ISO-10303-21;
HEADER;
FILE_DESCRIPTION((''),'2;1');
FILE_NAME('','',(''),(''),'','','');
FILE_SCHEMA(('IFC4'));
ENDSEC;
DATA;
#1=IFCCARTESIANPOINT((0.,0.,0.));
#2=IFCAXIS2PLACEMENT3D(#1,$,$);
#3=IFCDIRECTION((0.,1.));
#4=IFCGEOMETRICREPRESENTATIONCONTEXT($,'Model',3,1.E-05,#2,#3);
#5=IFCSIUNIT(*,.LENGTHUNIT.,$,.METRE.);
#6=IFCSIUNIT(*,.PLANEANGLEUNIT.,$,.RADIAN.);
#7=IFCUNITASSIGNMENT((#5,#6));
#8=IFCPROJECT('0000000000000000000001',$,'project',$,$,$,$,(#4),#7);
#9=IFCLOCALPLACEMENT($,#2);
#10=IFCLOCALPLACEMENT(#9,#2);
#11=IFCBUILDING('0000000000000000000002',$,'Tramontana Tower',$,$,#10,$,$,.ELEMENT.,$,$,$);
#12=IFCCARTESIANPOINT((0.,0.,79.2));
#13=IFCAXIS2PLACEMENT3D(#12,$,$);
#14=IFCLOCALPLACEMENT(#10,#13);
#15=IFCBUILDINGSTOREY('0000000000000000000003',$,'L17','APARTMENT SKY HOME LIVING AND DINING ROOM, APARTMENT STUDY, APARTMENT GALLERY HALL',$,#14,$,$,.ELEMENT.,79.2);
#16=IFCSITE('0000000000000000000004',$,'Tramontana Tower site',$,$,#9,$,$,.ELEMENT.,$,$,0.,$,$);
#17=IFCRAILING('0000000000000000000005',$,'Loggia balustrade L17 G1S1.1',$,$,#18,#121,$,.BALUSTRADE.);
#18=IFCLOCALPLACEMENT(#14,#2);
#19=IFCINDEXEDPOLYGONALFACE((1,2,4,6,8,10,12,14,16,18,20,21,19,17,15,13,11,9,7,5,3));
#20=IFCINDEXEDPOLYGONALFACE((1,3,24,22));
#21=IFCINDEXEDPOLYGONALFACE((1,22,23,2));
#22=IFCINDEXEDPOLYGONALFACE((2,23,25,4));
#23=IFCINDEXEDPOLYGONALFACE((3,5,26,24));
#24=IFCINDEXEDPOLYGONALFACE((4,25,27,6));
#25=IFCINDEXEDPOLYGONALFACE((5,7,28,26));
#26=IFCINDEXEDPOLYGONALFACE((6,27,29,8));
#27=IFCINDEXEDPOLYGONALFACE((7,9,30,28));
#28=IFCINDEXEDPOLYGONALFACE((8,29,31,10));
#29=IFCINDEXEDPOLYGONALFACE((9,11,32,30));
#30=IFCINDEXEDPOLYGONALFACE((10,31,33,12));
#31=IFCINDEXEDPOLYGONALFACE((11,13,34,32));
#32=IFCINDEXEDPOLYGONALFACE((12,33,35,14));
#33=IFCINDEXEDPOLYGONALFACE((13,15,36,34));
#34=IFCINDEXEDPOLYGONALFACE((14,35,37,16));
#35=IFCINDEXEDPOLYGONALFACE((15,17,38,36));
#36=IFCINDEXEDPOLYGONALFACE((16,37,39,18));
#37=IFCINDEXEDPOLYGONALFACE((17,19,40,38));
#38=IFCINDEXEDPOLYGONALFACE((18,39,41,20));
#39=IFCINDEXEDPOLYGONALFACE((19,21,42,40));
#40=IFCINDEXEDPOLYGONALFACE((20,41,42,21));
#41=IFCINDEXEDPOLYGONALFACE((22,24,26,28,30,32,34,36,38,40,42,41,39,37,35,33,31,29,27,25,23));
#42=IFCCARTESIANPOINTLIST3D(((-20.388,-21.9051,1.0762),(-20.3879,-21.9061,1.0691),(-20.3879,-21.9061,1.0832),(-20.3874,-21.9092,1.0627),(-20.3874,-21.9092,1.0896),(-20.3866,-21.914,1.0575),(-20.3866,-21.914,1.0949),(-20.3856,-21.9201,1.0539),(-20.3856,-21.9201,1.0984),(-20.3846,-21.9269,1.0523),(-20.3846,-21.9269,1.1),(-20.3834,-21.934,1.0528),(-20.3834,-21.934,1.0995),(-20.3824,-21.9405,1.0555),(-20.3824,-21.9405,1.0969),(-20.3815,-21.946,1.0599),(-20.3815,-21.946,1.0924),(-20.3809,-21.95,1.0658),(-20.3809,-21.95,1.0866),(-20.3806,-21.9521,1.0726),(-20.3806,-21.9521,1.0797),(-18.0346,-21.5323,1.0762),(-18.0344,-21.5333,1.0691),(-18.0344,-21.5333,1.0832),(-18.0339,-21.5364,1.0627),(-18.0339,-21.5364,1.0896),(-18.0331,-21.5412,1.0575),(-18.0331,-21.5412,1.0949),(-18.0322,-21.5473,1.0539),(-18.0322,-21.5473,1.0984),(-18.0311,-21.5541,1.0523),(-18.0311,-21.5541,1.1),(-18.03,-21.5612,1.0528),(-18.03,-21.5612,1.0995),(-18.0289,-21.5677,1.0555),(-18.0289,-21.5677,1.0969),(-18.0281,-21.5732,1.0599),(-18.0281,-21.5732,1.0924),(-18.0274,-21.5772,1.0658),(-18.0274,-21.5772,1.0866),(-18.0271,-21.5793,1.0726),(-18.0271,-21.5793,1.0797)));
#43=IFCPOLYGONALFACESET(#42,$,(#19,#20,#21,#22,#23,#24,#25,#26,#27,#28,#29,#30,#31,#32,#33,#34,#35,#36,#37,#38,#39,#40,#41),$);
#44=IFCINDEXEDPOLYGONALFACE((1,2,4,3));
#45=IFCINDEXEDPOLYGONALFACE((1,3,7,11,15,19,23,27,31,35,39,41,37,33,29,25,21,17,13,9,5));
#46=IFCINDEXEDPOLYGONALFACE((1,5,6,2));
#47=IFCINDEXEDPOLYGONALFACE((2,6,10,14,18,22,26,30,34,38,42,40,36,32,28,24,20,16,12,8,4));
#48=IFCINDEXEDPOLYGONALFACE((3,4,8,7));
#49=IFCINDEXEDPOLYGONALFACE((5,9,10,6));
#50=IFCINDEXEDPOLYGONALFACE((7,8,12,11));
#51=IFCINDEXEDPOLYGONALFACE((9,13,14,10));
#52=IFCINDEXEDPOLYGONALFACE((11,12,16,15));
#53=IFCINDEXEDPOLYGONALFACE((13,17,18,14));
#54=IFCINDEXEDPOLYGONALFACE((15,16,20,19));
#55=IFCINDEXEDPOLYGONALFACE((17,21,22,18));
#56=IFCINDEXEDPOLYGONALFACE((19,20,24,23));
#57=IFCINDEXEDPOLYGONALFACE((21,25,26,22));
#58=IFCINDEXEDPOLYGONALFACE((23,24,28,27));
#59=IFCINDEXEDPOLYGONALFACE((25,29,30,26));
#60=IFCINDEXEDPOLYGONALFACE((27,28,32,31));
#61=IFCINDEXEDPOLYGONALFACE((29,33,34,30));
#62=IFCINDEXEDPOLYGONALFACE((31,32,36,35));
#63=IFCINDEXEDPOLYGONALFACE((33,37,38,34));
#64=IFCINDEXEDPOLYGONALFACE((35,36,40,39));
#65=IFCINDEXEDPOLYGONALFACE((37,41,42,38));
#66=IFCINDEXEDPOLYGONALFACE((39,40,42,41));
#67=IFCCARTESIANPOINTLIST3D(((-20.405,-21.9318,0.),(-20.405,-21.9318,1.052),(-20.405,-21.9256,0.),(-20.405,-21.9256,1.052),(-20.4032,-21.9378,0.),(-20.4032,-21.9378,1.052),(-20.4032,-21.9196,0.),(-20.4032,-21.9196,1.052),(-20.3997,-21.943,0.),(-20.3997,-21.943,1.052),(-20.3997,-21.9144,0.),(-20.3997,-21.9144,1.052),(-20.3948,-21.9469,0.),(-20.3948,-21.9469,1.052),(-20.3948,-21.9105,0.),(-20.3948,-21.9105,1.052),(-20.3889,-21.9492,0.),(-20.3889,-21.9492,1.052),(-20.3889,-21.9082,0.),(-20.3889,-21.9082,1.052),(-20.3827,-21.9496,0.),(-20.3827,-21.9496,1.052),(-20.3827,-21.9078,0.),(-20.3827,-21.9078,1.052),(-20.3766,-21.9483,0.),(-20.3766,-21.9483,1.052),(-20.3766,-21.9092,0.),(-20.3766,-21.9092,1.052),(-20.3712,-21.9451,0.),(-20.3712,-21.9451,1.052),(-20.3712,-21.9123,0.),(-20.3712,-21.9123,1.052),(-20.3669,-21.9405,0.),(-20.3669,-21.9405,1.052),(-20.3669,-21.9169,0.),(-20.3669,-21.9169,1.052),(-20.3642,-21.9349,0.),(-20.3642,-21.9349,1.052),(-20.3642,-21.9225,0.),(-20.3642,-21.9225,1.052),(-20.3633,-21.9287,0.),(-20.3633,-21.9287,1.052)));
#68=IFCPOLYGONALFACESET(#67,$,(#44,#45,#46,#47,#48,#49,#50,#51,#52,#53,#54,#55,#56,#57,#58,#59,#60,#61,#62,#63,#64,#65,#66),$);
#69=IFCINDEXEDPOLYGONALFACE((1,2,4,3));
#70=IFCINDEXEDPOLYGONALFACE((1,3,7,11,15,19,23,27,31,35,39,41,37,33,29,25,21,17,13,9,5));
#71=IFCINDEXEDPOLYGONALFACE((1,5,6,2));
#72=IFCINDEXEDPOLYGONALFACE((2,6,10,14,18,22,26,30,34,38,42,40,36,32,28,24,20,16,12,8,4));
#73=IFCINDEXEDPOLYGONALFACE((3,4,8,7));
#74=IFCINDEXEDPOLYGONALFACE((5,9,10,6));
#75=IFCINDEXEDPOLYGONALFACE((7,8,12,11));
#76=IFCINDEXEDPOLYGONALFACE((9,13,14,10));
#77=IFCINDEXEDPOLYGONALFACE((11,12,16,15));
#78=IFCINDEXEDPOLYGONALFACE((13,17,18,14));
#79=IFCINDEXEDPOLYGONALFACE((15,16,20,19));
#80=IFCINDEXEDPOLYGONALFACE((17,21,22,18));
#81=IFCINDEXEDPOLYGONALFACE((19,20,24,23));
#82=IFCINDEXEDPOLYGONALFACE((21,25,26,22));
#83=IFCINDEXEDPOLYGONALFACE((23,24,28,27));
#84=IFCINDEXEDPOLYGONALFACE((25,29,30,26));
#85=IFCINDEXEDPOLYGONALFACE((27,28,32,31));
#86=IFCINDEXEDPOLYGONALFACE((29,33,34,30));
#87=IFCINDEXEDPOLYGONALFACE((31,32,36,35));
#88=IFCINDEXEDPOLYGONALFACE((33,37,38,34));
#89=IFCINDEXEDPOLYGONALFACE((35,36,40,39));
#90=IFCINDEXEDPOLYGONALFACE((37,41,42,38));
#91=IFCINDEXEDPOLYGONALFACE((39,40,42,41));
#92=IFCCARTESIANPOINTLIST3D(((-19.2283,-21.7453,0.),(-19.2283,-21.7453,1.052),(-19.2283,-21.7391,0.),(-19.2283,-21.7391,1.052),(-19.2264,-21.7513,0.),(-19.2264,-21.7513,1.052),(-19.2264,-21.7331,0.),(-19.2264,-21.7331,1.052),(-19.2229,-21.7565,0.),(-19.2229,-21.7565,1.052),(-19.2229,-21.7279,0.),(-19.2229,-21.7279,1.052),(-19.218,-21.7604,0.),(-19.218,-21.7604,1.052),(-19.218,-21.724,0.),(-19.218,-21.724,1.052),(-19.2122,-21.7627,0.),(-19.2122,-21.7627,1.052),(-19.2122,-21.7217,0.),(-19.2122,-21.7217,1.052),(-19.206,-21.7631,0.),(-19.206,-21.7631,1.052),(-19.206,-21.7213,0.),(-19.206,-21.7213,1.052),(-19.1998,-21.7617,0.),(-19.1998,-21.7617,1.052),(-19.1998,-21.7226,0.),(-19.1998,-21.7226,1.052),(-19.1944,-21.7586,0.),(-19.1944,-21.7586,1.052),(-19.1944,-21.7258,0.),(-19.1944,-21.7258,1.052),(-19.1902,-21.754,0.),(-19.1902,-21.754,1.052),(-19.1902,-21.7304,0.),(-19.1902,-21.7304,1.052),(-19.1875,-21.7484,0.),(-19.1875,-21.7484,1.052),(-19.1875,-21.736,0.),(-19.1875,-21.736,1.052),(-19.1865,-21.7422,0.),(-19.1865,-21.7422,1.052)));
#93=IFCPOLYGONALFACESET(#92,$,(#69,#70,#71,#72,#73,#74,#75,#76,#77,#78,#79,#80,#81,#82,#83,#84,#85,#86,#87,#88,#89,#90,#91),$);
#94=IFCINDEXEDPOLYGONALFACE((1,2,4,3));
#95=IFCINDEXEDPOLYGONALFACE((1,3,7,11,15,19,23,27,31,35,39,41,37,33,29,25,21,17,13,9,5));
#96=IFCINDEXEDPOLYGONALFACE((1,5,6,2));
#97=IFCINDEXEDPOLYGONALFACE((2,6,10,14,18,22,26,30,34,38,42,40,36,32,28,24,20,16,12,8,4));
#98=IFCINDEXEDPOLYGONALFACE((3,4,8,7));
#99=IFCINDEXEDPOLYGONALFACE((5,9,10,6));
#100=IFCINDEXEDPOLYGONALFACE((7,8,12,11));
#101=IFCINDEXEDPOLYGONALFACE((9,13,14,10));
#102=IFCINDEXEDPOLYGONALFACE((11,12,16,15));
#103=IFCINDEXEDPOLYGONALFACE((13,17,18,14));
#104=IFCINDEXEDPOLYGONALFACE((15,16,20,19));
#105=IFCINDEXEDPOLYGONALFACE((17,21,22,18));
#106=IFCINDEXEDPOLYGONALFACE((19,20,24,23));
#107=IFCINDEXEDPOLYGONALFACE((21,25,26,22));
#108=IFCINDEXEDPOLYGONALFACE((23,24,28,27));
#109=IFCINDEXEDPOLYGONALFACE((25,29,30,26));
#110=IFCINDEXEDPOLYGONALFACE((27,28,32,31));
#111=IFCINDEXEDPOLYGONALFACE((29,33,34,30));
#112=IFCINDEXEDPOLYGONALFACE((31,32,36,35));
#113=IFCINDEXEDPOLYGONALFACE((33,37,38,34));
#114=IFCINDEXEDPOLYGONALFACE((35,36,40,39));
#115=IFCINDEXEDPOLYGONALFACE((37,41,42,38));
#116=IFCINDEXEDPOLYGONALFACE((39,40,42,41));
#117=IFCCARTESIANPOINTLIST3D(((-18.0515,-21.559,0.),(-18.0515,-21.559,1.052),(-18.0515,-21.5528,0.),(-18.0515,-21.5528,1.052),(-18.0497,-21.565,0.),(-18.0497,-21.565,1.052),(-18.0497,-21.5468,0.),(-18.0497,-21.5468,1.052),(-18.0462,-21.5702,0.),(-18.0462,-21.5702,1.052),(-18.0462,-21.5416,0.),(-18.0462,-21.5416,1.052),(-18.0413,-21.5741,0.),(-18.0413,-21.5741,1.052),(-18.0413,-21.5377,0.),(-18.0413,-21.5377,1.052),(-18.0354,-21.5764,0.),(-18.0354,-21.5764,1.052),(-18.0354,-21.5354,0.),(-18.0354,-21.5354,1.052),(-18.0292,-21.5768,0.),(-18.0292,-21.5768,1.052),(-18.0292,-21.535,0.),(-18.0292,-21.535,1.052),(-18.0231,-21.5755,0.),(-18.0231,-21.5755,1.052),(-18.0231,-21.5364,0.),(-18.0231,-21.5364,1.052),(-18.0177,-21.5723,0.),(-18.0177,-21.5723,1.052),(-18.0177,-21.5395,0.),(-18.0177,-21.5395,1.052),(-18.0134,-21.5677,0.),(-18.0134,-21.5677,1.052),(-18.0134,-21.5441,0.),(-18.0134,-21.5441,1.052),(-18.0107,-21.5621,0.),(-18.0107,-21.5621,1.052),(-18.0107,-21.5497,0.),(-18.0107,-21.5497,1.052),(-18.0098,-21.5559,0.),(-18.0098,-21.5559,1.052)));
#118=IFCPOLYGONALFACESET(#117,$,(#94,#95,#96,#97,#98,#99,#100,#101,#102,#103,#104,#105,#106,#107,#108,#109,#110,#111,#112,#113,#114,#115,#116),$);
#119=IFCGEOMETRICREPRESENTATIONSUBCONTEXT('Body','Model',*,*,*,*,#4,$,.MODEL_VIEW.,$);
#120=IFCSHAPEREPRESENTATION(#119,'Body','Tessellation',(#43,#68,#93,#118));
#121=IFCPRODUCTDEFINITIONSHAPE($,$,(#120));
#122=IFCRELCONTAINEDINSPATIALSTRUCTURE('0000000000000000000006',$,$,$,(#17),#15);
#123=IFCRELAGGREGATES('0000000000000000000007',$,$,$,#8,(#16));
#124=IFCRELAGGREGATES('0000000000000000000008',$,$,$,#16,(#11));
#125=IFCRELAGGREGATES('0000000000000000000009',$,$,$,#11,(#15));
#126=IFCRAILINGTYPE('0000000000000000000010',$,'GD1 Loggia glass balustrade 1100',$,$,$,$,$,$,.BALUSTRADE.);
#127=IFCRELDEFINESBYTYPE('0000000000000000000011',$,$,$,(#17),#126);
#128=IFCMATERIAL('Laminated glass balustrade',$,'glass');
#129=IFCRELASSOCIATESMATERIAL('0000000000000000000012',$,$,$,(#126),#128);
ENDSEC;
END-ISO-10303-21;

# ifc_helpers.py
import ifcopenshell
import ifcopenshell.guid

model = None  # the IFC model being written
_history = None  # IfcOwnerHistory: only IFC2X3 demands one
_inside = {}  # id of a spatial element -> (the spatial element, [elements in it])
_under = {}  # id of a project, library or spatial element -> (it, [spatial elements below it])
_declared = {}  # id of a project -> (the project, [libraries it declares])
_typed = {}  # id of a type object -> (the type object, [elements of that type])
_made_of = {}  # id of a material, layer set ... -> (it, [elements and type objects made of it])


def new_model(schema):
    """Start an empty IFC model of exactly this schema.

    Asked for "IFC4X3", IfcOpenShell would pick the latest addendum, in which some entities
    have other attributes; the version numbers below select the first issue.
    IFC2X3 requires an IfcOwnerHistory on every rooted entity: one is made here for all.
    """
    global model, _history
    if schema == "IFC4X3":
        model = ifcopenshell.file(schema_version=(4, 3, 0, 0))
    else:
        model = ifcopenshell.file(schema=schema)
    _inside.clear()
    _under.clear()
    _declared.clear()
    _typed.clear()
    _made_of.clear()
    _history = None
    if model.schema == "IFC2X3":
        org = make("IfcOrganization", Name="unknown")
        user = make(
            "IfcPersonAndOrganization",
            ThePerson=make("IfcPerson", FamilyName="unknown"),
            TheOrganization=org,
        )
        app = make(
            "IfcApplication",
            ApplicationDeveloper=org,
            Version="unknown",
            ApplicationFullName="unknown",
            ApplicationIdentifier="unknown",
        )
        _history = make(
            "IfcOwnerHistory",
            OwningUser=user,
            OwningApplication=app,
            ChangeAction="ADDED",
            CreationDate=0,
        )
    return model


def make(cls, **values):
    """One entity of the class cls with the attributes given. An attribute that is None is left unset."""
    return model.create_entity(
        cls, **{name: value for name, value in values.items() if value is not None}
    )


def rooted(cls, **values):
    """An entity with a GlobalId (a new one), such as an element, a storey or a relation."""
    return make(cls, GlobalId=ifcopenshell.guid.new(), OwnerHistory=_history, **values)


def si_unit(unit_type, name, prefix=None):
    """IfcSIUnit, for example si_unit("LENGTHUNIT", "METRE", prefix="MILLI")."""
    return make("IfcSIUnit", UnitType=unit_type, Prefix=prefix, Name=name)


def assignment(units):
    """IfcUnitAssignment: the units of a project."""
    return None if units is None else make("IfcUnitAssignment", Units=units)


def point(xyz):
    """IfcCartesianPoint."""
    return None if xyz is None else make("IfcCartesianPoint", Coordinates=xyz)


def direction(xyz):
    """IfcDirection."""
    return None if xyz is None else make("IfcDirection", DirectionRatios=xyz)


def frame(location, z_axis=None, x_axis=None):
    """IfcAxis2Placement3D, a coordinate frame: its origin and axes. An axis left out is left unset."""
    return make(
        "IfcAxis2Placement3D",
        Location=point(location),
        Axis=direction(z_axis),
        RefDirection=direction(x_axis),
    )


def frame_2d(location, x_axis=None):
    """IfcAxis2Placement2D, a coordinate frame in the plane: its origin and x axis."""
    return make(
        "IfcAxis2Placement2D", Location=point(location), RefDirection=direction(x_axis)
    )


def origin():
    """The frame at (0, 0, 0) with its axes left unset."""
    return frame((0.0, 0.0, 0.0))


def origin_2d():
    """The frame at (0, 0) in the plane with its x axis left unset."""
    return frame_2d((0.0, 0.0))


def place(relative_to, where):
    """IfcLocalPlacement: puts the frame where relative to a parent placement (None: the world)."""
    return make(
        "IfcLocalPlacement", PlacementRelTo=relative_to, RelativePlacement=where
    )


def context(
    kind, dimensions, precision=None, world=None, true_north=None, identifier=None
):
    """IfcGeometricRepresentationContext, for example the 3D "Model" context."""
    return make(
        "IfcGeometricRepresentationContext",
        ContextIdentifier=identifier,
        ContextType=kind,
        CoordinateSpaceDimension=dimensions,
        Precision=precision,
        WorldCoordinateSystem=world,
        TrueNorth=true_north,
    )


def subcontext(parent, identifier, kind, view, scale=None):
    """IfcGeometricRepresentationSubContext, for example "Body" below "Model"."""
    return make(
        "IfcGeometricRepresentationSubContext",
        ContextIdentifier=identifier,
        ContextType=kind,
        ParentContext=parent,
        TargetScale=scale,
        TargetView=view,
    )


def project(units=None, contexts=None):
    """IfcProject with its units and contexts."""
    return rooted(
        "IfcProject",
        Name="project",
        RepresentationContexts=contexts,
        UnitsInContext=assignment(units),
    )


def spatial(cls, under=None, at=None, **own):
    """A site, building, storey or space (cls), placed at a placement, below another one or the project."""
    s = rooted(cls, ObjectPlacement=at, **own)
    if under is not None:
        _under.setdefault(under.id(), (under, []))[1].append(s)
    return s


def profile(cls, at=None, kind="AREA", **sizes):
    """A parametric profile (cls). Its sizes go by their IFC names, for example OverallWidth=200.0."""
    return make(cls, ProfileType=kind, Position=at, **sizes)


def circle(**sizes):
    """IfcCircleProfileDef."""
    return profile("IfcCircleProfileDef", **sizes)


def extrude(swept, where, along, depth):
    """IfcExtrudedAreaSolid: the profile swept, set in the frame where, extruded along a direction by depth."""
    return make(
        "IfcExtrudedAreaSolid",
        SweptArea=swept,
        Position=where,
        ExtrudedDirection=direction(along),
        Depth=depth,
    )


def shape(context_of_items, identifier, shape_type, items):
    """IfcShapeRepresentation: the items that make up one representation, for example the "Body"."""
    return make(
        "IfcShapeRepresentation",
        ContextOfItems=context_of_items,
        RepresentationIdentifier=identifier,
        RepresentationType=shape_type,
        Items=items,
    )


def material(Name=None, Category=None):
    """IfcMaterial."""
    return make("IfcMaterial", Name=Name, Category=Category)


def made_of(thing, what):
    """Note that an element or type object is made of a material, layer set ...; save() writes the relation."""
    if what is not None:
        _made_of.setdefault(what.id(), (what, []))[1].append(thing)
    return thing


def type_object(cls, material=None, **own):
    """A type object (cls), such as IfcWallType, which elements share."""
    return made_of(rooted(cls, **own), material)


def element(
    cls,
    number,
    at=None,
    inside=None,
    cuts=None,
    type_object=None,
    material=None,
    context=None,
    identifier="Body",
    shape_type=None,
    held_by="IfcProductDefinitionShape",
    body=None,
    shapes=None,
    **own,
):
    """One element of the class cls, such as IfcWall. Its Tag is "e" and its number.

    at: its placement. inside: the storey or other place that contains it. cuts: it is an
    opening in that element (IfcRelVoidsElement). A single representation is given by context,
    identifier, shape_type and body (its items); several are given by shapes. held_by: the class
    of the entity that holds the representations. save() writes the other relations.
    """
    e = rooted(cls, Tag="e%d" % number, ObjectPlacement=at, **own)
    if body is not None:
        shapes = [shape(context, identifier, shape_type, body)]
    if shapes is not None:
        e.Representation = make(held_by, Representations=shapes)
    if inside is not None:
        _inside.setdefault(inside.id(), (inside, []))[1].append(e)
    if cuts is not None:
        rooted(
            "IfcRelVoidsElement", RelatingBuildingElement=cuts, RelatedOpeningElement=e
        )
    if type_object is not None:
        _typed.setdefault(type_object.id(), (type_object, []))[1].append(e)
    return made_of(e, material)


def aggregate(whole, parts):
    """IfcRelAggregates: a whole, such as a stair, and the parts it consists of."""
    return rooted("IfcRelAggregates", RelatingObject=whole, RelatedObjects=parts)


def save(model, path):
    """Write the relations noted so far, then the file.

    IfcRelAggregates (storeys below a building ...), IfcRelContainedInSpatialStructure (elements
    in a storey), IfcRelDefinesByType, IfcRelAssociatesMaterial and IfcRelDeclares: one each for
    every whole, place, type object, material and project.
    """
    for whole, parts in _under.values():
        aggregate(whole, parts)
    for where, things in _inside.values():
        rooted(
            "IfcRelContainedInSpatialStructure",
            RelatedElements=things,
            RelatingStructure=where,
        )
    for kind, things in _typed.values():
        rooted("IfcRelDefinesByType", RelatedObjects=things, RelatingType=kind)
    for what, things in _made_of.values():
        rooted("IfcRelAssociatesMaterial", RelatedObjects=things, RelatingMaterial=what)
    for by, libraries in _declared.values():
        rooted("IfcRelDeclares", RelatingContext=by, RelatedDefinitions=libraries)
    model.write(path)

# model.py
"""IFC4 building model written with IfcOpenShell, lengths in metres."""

from ifc_helpers import new_model, si_unit, direction, frame, origin, origin_2d, place, context, subcontext, project, spatial, circle, extrude, material, type_object, element, save


model = new_model("IFC4")

# Units and contexts
model_context = context("Model", 3, precision=1e-05, world=origin(), true_north=direction((0.0, 1.0)))
body_context = subcontext(model_context, "Body", "Model", "MODEL_VIEW")
ifc_project = project(units=[si_unit("LENGTHUNIT", "METRE"), si_unit("PLANEANGLEUNIT", "RADIAN")], contexts=[model_context])

# Site, building, storey
site_placement = place(None, origin())
site = spatial("IfcSite", under=ifc_project, at=site_placement, Name="Tramontana Tower site", CompositionType="ELEMENT", RefElevation=0.0)
building_placement = place(site_placement, origin())
building = spatial("IfcBuilding", under=site, at=building_placement, Name="Tramontana Tower", CompositionType="ELEMENT")
storey_placement = place(building_placement, frame((0.0, 0.0, 79.2)))
storey = spatial("IfcBuildingStorey", under=building, at=storey_placement, Name="L17", Description="APARTMENT SKY HOME LIVING AND DINING ROOM, APARTMENT STUDY, APARTMENT GALLERY HALL", CompositionType="ELEMENT", Elevation=79.2)

# Railing
ifc_material_1 = material(Name="Laminated glass balustrade", Category="glass")
railing_type = type_object("IfcRailingType", Name="GD1 Loggia glass balustrade 1100", PredefinedType="BALUSTRADE", material=ifc_material_1)
railing_1_placement = place(storey_placement, frame((-20.3843, -21.9287, 0.0)))
element("IfcRailing", 1, at=railing_1_placement, inside=storey, type_object=railing_type, Name="Loggia balustrade L17 G1S1.1", PredefinedType="BALUSTRADE", context=body_context, shape_type="SweptSolid", body=[
    extrude(circle(Radius=0.0239, at=origin_2d()), frame((0.0, 0.0, 1.0762), z_axis=(0.987686, 0.156452, 0.0), x_axis=(-0.156452, 0.987686, 0.0)), (0.0, 0.0, 1.0), 2.3828),
    extrude(circle(Radius=0.021, at=origin_2d()), origin(), (0.0, 0.0, 1.0), 1.052),
    extrude(circle(Radius=0.021, at=origin_2d()), frame((1.1768, 0.1865, 0.0)), (0.0, 0.0, 1.0), 1.052),
    extrude(circle(Radius=0.021, at=origin_2d()), frame((2.3535, 0.3728, 0.0)), (0.0, 0.0, 1.0), 1.052),
])

save(model, "model.ifc")
